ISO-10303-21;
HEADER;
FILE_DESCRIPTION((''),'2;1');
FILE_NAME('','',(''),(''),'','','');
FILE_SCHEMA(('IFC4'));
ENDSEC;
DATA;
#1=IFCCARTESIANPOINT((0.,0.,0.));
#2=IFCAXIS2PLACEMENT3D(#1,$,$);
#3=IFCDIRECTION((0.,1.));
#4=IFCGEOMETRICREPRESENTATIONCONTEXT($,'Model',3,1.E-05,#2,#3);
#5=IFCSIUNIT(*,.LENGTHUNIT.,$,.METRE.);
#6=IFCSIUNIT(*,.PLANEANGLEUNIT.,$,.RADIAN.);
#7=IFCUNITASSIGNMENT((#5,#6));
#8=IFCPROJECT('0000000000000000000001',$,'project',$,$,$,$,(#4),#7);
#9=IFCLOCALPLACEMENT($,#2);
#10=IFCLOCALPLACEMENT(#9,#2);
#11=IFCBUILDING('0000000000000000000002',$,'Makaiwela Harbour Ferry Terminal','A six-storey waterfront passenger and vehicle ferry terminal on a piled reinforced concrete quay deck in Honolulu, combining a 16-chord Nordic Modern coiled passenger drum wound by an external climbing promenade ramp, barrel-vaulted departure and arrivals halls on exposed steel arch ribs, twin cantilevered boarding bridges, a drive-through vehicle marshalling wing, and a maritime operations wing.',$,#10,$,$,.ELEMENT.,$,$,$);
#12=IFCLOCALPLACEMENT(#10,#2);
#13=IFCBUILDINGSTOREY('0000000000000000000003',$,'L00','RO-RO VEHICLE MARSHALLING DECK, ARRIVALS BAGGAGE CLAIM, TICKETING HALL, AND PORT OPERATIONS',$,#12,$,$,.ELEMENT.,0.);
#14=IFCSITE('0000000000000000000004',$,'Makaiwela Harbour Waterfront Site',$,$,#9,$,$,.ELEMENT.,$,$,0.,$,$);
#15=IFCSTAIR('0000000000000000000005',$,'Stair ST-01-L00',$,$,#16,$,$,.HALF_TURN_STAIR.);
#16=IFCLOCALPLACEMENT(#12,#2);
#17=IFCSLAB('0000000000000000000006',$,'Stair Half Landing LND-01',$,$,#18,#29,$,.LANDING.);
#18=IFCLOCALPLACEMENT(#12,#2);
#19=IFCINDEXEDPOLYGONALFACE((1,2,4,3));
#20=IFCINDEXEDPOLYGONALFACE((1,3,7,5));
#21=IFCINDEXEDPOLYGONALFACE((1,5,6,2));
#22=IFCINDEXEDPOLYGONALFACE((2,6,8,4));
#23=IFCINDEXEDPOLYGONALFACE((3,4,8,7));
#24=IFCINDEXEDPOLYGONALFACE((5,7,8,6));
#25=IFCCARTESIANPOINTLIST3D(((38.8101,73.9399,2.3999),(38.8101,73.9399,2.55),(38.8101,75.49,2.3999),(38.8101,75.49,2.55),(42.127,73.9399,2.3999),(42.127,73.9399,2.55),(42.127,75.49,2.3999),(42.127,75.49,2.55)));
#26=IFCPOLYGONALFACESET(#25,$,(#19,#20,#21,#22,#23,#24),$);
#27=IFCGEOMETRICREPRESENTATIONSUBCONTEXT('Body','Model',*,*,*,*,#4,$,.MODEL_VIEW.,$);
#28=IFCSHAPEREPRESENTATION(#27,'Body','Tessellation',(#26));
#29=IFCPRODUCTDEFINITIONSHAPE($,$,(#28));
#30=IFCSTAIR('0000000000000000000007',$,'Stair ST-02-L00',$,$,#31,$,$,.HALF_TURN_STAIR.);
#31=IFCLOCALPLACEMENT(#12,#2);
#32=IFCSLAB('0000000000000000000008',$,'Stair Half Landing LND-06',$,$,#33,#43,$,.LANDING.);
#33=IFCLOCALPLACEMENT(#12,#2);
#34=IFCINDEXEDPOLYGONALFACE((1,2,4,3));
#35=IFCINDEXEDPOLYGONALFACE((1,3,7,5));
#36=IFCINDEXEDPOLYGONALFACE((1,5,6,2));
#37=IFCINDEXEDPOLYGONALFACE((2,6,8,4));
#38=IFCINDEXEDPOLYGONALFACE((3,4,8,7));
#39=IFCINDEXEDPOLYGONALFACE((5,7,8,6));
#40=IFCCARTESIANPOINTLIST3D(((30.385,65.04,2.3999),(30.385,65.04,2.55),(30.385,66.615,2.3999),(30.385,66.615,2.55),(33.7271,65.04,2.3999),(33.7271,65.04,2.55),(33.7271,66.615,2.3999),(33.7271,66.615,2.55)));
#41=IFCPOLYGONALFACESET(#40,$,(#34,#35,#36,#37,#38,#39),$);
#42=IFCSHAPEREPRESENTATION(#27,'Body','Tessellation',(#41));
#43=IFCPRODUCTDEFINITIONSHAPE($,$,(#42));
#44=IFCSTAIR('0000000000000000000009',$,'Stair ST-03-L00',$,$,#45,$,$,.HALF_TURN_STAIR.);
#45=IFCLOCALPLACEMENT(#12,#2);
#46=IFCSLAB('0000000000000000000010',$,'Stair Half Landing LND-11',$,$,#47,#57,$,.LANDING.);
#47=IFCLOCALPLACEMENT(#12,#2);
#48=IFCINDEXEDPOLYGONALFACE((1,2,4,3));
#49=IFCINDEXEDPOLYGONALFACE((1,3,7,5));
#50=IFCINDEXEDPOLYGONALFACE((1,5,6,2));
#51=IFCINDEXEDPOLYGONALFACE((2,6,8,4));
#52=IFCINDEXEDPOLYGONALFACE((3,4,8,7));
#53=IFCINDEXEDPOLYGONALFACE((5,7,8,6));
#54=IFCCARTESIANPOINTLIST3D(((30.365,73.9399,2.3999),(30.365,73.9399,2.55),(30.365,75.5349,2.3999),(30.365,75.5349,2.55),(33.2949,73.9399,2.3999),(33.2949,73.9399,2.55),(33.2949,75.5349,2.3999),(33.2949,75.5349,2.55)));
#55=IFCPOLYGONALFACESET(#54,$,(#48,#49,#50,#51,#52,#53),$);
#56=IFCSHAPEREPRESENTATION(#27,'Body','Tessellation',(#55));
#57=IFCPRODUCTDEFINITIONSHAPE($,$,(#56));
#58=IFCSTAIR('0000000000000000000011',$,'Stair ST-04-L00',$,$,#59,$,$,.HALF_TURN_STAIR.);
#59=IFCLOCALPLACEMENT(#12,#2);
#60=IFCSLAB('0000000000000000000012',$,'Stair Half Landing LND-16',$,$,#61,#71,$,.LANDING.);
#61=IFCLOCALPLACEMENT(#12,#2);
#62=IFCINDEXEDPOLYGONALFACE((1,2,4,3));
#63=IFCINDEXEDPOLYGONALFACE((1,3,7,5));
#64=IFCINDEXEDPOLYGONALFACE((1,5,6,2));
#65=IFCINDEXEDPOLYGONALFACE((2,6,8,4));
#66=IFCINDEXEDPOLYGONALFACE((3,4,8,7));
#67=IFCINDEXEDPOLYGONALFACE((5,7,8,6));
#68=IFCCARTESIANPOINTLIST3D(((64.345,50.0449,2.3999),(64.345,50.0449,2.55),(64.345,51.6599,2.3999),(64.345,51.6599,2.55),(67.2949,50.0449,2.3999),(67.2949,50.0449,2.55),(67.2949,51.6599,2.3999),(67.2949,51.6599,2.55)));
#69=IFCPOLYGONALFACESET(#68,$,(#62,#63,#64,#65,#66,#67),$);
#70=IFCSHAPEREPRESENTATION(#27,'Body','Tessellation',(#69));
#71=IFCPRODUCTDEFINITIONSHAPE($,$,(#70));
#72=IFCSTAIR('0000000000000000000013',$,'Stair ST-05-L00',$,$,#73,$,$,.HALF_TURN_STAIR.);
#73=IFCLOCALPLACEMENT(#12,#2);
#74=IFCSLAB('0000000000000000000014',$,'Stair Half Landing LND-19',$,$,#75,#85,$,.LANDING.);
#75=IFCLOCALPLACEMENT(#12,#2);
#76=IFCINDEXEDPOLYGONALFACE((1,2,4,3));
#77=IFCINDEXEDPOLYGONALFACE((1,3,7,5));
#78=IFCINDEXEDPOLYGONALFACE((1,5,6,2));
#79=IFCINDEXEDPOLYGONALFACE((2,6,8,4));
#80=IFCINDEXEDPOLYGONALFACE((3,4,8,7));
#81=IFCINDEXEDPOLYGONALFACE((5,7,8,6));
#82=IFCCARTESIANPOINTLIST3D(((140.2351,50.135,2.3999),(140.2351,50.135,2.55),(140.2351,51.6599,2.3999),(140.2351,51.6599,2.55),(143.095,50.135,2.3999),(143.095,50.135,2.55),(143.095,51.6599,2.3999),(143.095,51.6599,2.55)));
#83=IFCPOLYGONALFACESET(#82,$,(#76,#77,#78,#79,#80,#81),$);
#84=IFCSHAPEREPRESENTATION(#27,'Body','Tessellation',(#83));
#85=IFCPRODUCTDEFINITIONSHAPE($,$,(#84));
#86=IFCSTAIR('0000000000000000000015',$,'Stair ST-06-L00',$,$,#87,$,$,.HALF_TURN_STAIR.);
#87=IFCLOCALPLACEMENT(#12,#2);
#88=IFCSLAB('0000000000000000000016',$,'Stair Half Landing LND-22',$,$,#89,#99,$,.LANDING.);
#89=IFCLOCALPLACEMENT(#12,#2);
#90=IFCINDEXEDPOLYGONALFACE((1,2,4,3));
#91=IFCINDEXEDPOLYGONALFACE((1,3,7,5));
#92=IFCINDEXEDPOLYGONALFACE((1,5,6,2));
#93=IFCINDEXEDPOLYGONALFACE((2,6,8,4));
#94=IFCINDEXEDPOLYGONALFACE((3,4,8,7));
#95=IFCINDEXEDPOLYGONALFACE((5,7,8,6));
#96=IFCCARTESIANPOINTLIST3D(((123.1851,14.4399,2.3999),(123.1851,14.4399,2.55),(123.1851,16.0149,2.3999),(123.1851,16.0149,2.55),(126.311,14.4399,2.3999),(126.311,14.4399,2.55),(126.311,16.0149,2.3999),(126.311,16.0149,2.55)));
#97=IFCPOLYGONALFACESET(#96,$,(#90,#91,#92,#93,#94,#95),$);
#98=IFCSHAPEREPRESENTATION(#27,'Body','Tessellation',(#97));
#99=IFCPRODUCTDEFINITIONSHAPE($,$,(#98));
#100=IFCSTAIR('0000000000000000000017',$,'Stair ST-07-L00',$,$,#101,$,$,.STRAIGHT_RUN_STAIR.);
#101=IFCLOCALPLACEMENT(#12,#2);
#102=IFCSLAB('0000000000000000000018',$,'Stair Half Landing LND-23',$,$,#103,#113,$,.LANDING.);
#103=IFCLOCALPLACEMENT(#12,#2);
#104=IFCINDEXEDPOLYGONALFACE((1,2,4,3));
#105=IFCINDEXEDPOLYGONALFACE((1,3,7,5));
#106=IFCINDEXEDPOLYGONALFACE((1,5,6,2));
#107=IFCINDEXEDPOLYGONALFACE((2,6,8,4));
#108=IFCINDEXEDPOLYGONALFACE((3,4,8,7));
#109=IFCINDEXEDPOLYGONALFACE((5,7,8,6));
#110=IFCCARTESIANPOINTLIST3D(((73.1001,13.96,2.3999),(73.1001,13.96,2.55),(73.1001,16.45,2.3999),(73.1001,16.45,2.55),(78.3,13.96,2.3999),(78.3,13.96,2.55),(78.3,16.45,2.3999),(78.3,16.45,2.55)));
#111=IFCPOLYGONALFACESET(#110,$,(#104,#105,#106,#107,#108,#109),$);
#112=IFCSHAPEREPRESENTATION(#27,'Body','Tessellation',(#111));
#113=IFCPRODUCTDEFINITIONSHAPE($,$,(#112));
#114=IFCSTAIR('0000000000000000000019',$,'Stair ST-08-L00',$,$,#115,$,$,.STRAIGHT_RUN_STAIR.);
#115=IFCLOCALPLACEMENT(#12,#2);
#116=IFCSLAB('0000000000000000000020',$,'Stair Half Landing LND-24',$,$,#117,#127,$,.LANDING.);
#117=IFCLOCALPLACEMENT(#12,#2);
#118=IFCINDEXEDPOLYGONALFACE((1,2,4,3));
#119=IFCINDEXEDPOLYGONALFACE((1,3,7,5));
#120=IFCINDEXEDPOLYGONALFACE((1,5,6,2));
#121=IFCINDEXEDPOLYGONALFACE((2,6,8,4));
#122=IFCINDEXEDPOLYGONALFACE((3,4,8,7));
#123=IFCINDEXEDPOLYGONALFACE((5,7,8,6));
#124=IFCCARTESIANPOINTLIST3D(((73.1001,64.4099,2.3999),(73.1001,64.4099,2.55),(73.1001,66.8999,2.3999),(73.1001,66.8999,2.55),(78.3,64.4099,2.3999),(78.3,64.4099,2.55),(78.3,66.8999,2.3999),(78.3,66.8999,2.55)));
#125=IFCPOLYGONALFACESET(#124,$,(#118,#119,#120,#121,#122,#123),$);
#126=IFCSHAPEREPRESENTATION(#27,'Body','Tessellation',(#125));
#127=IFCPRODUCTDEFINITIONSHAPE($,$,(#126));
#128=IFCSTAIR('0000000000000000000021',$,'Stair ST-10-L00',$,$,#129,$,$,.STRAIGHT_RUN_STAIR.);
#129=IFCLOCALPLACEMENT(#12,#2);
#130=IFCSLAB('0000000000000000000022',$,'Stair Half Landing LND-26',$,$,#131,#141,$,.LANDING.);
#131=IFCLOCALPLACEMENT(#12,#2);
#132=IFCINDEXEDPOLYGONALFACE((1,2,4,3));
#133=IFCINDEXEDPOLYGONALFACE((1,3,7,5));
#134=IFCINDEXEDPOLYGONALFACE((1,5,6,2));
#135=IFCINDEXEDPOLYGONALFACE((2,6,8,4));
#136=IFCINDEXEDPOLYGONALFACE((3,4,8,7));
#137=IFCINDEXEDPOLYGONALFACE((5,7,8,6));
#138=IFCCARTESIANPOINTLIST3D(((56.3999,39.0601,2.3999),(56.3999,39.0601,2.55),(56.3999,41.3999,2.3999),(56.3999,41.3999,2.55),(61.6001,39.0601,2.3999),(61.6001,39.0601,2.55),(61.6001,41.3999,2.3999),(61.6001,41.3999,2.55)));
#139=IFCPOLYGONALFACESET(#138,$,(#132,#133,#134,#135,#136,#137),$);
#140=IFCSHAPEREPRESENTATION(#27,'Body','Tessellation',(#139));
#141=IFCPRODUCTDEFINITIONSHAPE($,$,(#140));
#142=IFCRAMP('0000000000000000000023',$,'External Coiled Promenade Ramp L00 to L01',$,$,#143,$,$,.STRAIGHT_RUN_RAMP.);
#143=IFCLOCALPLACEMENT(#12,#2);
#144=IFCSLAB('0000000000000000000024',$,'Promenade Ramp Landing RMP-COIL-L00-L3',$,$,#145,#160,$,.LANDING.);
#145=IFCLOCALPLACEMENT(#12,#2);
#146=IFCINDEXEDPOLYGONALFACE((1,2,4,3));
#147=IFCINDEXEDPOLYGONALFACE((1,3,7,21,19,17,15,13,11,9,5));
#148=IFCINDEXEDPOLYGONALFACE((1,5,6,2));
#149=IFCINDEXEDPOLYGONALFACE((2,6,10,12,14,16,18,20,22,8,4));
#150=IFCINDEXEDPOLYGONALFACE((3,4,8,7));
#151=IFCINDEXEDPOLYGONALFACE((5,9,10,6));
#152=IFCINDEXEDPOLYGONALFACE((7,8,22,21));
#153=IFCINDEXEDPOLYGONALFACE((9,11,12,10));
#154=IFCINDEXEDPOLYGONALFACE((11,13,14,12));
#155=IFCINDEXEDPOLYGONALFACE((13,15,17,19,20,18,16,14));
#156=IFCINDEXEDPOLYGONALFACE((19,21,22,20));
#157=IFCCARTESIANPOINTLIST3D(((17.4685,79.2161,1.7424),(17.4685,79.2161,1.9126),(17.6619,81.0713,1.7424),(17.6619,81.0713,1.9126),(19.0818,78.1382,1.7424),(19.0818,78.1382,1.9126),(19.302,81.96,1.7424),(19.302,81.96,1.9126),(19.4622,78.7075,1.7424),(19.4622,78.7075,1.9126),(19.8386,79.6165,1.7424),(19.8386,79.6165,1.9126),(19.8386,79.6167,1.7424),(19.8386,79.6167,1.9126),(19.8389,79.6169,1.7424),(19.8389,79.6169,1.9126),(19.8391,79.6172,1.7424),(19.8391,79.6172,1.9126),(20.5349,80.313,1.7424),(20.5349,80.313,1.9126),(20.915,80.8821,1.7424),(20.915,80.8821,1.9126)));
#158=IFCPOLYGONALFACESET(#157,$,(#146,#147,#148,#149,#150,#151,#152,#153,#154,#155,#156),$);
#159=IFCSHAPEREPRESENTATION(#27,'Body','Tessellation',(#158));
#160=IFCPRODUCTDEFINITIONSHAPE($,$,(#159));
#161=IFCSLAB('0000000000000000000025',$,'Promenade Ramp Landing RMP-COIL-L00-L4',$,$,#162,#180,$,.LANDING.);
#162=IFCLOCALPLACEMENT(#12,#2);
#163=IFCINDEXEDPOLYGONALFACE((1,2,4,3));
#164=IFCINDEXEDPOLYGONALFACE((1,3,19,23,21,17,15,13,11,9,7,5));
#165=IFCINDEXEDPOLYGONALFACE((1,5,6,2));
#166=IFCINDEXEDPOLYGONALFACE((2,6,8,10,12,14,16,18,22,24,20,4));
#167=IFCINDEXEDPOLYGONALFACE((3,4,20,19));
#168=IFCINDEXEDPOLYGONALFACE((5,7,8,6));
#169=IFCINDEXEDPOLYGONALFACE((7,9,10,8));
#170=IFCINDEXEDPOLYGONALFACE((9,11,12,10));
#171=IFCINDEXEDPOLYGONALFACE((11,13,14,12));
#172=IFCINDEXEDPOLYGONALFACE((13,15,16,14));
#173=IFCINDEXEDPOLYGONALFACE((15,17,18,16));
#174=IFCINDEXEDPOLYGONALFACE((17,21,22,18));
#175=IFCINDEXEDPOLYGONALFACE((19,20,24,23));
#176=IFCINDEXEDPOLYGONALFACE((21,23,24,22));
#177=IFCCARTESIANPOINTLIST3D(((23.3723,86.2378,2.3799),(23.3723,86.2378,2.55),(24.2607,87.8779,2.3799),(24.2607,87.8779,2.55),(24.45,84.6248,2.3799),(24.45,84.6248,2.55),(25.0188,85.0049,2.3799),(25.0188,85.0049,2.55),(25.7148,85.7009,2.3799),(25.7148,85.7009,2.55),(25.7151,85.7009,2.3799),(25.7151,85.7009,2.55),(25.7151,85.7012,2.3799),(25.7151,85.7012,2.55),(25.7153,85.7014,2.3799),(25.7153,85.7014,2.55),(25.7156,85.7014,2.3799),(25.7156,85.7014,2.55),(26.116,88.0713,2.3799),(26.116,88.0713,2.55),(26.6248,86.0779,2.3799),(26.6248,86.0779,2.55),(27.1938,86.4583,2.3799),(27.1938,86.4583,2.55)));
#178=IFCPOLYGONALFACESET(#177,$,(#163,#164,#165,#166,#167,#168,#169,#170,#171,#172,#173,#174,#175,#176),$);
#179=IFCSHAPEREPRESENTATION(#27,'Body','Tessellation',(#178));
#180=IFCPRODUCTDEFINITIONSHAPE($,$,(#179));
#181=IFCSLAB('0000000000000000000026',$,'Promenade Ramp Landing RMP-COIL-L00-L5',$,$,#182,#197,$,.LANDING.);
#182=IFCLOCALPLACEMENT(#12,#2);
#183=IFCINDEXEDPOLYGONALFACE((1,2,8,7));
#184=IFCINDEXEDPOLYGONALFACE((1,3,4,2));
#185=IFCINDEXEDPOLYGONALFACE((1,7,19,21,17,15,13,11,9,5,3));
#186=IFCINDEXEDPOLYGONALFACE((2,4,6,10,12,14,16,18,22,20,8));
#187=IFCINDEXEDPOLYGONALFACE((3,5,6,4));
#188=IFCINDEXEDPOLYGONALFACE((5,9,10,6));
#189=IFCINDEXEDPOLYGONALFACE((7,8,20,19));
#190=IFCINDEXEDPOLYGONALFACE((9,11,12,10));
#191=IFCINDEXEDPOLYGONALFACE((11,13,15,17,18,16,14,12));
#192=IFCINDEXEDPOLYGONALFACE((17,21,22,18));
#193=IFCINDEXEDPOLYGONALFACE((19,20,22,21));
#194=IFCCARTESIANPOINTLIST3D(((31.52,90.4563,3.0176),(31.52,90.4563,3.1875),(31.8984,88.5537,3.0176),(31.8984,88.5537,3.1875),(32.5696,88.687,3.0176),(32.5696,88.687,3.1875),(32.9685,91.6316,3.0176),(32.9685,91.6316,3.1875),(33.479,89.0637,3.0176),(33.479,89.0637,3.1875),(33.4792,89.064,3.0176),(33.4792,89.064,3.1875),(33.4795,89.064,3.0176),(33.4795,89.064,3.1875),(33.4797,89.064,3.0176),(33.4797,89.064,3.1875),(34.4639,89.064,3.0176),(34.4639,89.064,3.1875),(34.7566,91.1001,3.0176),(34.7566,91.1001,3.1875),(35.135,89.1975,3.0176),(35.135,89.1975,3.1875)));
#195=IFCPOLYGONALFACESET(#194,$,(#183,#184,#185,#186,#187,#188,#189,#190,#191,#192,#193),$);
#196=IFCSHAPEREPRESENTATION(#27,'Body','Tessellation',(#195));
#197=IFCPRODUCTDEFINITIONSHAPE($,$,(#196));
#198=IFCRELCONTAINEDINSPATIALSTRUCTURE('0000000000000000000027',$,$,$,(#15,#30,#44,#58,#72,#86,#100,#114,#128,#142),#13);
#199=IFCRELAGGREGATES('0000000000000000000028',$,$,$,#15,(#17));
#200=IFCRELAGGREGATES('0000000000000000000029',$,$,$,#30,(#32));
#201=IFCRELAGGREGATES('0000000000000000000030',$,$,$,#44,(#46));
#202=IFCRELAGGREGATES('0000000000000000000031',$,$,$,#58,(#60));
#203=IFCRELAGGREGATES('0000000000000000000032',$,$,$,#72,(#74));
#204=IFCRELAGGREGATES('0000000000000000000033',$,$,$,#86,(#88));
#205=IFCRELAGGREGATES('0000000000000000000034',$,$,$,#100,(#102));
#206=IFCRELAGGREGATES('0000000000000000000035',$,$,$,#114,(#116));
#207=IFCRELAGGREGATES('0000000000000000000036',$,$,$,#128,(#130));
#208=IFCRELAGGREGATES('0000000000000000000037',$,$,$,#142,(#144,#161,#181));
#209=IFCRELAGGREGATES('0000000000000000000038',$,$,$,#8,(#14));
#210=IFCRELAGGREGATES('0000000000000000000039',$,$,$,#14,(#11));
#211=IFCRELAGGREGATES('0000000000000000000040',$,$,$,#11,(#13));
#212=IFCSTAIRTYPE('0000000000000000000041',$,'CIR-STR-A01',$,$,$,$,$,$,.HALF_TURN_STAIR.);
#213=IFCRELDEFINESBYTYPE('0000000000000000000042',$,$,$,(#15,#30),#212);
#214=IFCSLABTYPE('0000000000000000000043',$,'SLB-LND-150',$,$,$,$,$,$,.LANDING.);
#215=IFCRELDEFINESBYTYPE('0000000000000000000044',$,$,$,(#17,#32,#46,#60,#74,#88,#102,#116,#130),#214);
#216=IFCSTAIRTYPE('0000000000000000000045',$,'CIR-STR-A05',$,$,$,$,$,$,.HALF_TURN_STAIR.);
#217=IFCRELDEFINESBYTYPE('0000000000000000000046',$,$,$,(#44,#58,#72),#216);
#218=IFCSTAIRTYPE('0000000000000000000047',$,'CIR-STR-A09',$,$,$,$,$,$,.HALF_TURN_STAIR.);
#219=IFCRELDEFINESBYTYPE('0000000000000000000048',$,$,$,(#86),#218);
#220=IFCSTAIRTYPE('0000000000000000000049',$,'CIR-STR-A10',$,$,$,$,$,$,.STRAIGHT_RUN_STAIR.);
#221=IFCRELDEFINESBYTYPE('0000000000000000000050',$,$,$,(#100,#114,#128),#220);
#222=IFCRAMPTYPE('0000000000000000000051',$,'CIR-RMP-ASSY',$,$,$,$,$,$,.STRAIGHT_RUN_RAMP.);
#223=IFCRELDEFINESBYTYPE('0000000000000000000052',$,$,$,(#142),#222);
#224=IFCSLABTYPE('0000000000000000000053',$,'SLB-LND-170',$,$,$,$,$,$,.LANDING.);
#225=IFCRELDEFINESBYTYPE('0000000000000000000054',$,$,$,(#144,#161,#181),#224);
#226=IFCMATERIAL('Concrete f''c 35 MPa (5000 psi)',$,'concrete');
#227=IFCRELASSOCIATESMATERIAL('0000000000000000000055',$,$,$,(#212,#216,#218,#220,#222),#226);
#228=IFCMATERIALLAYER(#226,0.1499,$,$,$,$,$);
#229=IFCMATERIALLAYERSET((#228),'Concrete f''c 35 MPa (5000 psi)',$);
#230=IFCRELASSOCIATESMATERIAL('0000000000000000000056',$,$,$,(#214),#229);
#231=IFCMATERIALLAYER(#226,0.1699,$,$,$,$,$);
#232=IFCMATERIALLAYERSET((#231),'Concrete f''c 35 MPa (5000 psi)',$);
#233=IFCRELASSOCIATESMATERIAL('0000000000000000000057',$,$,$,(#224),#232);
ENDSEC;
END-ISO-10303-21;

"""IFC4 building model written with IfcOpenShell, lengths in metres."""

from ifc_helpers import new_model, si_unit, direction, frame, origin, place, context, subcontext, project, spatial, polyline, outline, extrude, material, layer, layer_set, type_object, element, aggregate, save


model = new_model("IFC4")

# Units and contexts
model_context = context("Model", 3, precision=1e-05, world=origin(), true_north=direction((0.0, 1.0)))
body_context = subcontext(model_context, "Body", "Model", "MODEL_VIEW")
ifc_project = project(units=[si_unit("LENGTHUNIT", "METRE"), si_unit("PLANEANGLEUNIT", "RADIAN")], contexts=[model_context])

# Site, building, storey
site_placement = place(None, origin())
site = spatial("IfcSite", under=ifc_project, at=site_placement, Name="Makaiwela Harbour Waterfront Site", CompositionType="ELEMENT", RefElevation=0.0)
building_placement = place(site_placement, origin())
building = spatial("IfcBuilding", under=site, at=building_placement, Name="Makaiwela Harbour Ferry Terminal", Description="A six-storey waterfront passenger and vehicle ferry terminal on a piled reinforced concrete quay deck in Honolulu, combining a 16-chord Nordic Modern coiled passenger drum wound by an external climbing promenade ramp, barrel-vaulted departure and arrivals halls on exposed steel arch ribs, twin cantilevered boarding bridges, a drive-through vehicle marshalling wing, and a maritime operations wing.", CompositionType="ELEMENT")
storey_placement = place(building_placement, origin())
storey = spatial("IfcBuildingStorey", under=building, at=storey_placement, Name="L00", Description="RO-RO VEHICLE MARSHALLING DECK, ARRIVALS BAGGAGE CLAIM, TICKETING HALL, AND PORT OPERATIONS", CompositionType="ELEMENT", Elevation=0.0)

# Stairs, slabs
ifc_material_1 = material(Name="Concrete f'c 35 MPa (5000 psi)", Category="concrete")
stair_type_1 = type_object("IfcStairType", Name="CIR-STR-A01", PredefinedType="HALF_TURN_STAIR", material=ifc_material_1)
stair_1_placement = place(storey_placement, origin())
stair_1 = element("IfcStair", 1, at=stair_1_placement, inside=storey, type_object=stair_type_1, Name="Stair ST-01-L00", PredefinedType="HALF_TURN_STAIR")
ifc_layer_1 = layer(ifc_material_1, 0.1499)
ifc_layer_set_1 = layer_set([ifc_layer_1], Name="Concrete f'c 35 MPa (5000 psi)")
slab_type_1 = type_object("IfcSlabType", Name="SLB-LND-150", PredefinedType="LANDING", material=ifc_layer_set_1)
slab_1_placement = place(storey_placement, frame((0.0, 0.0, 2.3999)))
slab_1 = element("IfcSlab", 2, at=slab_1_placement, type_object=slab_type_1, Name="Stair Half Landing LND-01", PredefinedType="LANDING", context=body_context, shape_type="SweptSolid", body=[
    extrude(outline(polyline([(38.8101, 73.9399), (42.127, 73.9399), (42.127, 75.49), (38.8101, 75.49), (38.8101, 73.9399)])), origin(), (0.0, 0.0, 1.0), 0.1501),
])
aggregate(stair_1, [slab_1])
stair_2_placement = place(storey_placement, origin())
stair_2 = element("IfcStair", 3, at=stair_2_placement, inside=storey, type_object=stair_type_1, Name="Stair ST-02-L00", PredefinedType="HALF_TURN_STAIR")
slab_2_placement = place(storey_placement, frame((0.0, 0.0, 2.3999)))
slab_2 = element("IfcSlab", 4, at=slab_2_placement, type_object=slab_type_1, Name="Stair Half Landing LND-06", PredefinedType="LANDING", context=body_context, shape_type="SweptSolid", body=[
    extrude(outline(polyline([(30.385, 65.04), (33.7271, 65.04), (33.7271, 66.615), (30.385, 66.615), (30.385, 65.04)])), origin(), (0.0, 0.0, 1.0), 0.1501),
])
aggregate(stair_2, [slab_2])
stair_type_2 = type_object("IfcStairType", Name="CIR-STR-A05", PredefinedType="HALF_TURN_STAIR", material=ifc_material_1)
stair_3_placement = place(storey_placement, origin())
stair_3 = element("IfcStair", 5, at=stair_3_placement, inside=storey, type_object=stair_type_2, Name="Stair ST-03-L00", PredefinedType="HALF_TURN_STAIR")
slab_3_placement = place(storey_placement, frame((0.0, 0.0, 2.3999)))
slab_3 = element("IfcSlab", 6, at=slab_3_placement, type_object=slab_type_1, Name="Stair Half Landing LND-11", PredefinedType="LANDING", context=body_context, shape_type="SweptSolid", body=[
    extrude(outline(polyline([(30.365, 73.9399), (33.2949, 73.9399), (33.2949, 75.5349), (30.365, 75.5349), (30.365, 73.9399)])), origin(), (0.0, 0.0, 1.0), 0.1501),
])
aggregate(stair_3, [slab_3])
stair_4_placement = place(storey_placement, origin())
stair_4 = element("IfcStair", 7, at=stair_4_placement, inside=storey, type_object=stair_type_2, Name="Stair ST-04-L00", PredefinedType="HALF_TURN_STAIR")
slab_4_placement = place(storey_placement, frame((0.0, 0.0, 2.3999)))
slab_4 = element("IfcSlab", 8, at=slab_4_placement, type_object=slab_type_1, Name="Stair Half Landing LND-16", PredefinedType="LANDING", context=body_context, shape_type="SweptSolid", body=[
    extrude(outline(polyline([(64.345, 50.0449), (67.2949, 50.0449), (67.2949, 51.6599), (64.345, 51.6599), (64.345, 50.0449)])), origin(), (0.0, 0.0, 1.0), 0.1501),
])
aggregate(stair_4, [slab_4])
stair_5_placement = place(storey_placement, origin())
stair_5 = element("IfcStair", 9, at=stair_5_placement, inside=storey, type_object=stair_type_2, Name="Stair ST-05-L00", PredefinedType="HALF_TURN_STAIR")
slab_5_placement = place(storey_placement, frame((0.0, 0.0, 2.3999)))
slab_5 = element("IfcSlab", 10, at=slab_5_placement, type_object=slab_type_1, Name="Stair Half Landing LND-19", PredefinedType="LANDING", context=body_context, shape_type="SweptSolid", body=[
    extrude(outline(polyline([(140.2351, 50.135), (143.095, 50.135), (143.095, 51.6599), (140.2351, 51.6599), (140.2351, 50.135)])), origin(), (0.0, 0.0, 1.0), 0.1501),
])
aggregate(stair_5, [slab_5])
stair_type_3 = type_object("IfcStairType", Name="CIR-STR-A09", PredefinedType="HALF_TURN_STAIR", material=ifc_material_1)
stair_6_placement = place(storey_placement, origin())
stair_6 = element("IfcStair", 11, at=stair_6_placement, inside=storey, type_object=stair_type_3, Name="Stair ST-06-L00", PredefinedType="HALF_TURN_STAIR")
slab_6_placement = place(storey_placement, frame((0.0, 0.0, 2.3999)))
slab_6 = element("IfcSlab", 12, at=slab_6_placement, type_object=slab_type_1, Name="Stair Half Landing LND-22", PredefinedType="LANDING", context=body_context, shape_type="SweptSolid", body=[
    extrude(outline(polyline([(123.1851, 14.4399), (126.311, 14.4399), (126.311, 16.0149), (123.1851, 16.0149), (123.1851, 14.4399)])), origin(), (0.0, 0.0, 1.0), 0.1501),
])
aggregate(stair_6, [slab_6])
stair_type_4 = type_object("IfcStairType", Name="CIR-STR-A10", PredefinedType="STRAIGHT_RUN_STAIR", material=ifc_material_1)
stair_7_placement = place(storey_placement, origin())
stair_7 = element("IfcStair", 13, at=stair_7_placement, inside=storey, type_object=stair_type_4, Name="Stair ST-07-L00", PredefinedType="STRAIGHT_RUN_STAIR")
slab_7_placement = place(storey_placement, frame((0.0, 0.0, 2.3999)))
slab_7 = element("IfcSlab", 14, at=slab_7_placement, type_object=slab_type_1, Name="Stair Half Landing LND-23", PredefinedType="LANDING", context=body_context, shape_type="SweptSolid", body=[
    extrude(outline(polyline([(73.1001, 13.96), (78.3, 13.96), (78.3, 16.45), (73.1001, 16.45), (73.1001, 13.96)])), origin(), (0.0, 0.0, 1.0), 0.1501),
])
aggregate(stair_7, [slab_7])
stair_8_placement = place(storey_placement, origin())
stair_8 = element("IfcStair", 15, at=stair_8_placement, inside=storey, type_object=stair_type_4, Name="Stair ST-08-L00", PredefinedType="STRAIGHT_RUN_STAIR")
slab_8_placement = place(storey_placement, frame((0.0, 0.0, 2.3999)))
slab_8 = element("IfcSlab", 16, at=slab_8_placement, type_object=slab_type_1, Name="Stair Half Landing LND-24", PredefinedType="LANDING", context=body_context, shape_type="SweptSolid", body=[
    extrude(outline(polyline([(73.1001, 64.4099), (78.3, 64.4099), (78.3, 66.8999), (73.1001, 66.8999), (73.1001, 64.4099)])), origin(), (0.0, 0.0, 1.0), 0.1501),
])
aggregate(stair_8, [slab_8])
stair_9_placement = place(storey_placement, origin())
stair_9 = element("IfcStair", 17, at=stair_9_placement, inside=storey, type_object=stair_type_4, Name="Stair ST-10-L00", PredefinedType="STRAIGHT_RUN_STAIR")
slab_9_placement = place(storey_placement, frame((0.0, 0.0, 2.3999)))
slab_9 = element("IfcSlab", 18, at=slab_9_placement, type_object=slab_type_1, Name="Stair Half Landing LND-26", PredefinedType="LANDING", context=body_context, shape_type="SweptSolid", body=[
    extrude(outline(polyline([(56.3999, 39.0601), (61.6001, 39.0601), (61.6001, 41.3999), (56.3999, 41.3999), (56.3999, 39.0601)])), origin(), (0.0, 0.0, 1.0), 0.1501),
])
aggregate(stair_9, [slab_9])

# Ramp, slabs
ramp_type = type_object("IfcRampType", Name="CIR-RMP-ASSY", PredefinedType="STRAIGHT_RUN_RAMP", material=ifc_material_1)
ramp_placement = place(storey_placement, origin())
ramp = element("IfcRamp", 19, at=ramp_placement, inside=storey, type_object=ramp_type, Name="External Coiled Promenade Ramp L00 to L01", PredefinedType="STRAIGHT_RUN_RAMP")
ifc_layer_2 = layer(ifc_material_1, 0.1699)
ifc_layer_set_2 = layer_set([ifc_layer_2], Name="Concrete f'c 35 MPa (5000 psi)")
slab_type_2 = type_object("IfcSlabType", Name="SLB-LND-170", PredefinedType="LANDING", material=ifc_layer_set_2)
slab_10_placement = place(storey_placement, frame((0.0, 0.0, 1.7424)))
slab_10 = element("IfcSlab", 20, at=slab_10_placement, type_object=slab_type_2, Name="Promenade Ramp Landing RMP-COIL-L00-L3", PredefinedType="LANDING", context=body_context, shape_type="SweptSolid", body=[
    extrude(outline(polyline([(19.4622, 78.7075), (19.8386, 79.6165), (19.8386, 79.6167), (19.8386, 79.6167), (19.8389, 79.6169), (19.8391, 79.6172), (20.5349, 80.313), (20.915, 80.8821), (19.302, 81.96), (17.6619, 81.0713), (17.4685, 79.2161), (19.0818, 78.1382), (19.4622, 78.7075)])), origin(), (0.0, 0.0, 1.0), 0.1702),
])
slab_11_placement = place(storey_placement, frame((0.0, 0.0, 2.3799)))
slab_11 = element("IfcSlab", 21, at=slab_11_placement, type_object=slab_type_2, Name="Promenade Ramp Landing RMP-COIL-L00-L4", PredefinedType="LANDING", context=body_context, shape_type="SweptSolid", body=[
    extrude(outline(polyline([(25.0188, 85.0049), (25.7148, 85.7009), (25.7151, 85.7009), (25.7151, 85.7012), (25.7153, 85.7014), (25.7156, 85.7014), (26.6248, 86.0779), (27.1938, 86.4583), (26.116, 88.0713), (24.2607, 87.8779), (23.3723, 86.2378), (24.45, 84.6248), (25.0188, 85.0049)])), origin(), (0.0, 0.0, 1.0), 0.1702),
])
slab_12_placement = place(storey_placement, frame((0.0, 0.0, 3.0176)))
slab_12 = element("IfcSlab", 22, at=slab_12_placement, type_object=slab_type_2, Name="Promenade Ramp Landing RMP-COIL-L00-L5", PredefinedType="LANDING", context=body_context, shape_type="SweptSolid", body=[
    extrude(outline(polyline([(32.5696, 88.687), (33.479, 89.0637), (33.479, 89.0637), (33.4792, 89.064), (33.4795, 89.064), (33.4797, 89.064), (34.4639, 89.064), (35.135, 89.1975), (34.7566, 91.1001), (32.9685, 91.6316), (31.52, 90.4563), (31.8984, 88.5537), (32.5696, 88.687)])), origin(), (0.0, 0.0, 1.0), 0.1699),
])
aggregate(ramp, [slab_10, slab_11, slab_12])

save(model, "model.ifc")
